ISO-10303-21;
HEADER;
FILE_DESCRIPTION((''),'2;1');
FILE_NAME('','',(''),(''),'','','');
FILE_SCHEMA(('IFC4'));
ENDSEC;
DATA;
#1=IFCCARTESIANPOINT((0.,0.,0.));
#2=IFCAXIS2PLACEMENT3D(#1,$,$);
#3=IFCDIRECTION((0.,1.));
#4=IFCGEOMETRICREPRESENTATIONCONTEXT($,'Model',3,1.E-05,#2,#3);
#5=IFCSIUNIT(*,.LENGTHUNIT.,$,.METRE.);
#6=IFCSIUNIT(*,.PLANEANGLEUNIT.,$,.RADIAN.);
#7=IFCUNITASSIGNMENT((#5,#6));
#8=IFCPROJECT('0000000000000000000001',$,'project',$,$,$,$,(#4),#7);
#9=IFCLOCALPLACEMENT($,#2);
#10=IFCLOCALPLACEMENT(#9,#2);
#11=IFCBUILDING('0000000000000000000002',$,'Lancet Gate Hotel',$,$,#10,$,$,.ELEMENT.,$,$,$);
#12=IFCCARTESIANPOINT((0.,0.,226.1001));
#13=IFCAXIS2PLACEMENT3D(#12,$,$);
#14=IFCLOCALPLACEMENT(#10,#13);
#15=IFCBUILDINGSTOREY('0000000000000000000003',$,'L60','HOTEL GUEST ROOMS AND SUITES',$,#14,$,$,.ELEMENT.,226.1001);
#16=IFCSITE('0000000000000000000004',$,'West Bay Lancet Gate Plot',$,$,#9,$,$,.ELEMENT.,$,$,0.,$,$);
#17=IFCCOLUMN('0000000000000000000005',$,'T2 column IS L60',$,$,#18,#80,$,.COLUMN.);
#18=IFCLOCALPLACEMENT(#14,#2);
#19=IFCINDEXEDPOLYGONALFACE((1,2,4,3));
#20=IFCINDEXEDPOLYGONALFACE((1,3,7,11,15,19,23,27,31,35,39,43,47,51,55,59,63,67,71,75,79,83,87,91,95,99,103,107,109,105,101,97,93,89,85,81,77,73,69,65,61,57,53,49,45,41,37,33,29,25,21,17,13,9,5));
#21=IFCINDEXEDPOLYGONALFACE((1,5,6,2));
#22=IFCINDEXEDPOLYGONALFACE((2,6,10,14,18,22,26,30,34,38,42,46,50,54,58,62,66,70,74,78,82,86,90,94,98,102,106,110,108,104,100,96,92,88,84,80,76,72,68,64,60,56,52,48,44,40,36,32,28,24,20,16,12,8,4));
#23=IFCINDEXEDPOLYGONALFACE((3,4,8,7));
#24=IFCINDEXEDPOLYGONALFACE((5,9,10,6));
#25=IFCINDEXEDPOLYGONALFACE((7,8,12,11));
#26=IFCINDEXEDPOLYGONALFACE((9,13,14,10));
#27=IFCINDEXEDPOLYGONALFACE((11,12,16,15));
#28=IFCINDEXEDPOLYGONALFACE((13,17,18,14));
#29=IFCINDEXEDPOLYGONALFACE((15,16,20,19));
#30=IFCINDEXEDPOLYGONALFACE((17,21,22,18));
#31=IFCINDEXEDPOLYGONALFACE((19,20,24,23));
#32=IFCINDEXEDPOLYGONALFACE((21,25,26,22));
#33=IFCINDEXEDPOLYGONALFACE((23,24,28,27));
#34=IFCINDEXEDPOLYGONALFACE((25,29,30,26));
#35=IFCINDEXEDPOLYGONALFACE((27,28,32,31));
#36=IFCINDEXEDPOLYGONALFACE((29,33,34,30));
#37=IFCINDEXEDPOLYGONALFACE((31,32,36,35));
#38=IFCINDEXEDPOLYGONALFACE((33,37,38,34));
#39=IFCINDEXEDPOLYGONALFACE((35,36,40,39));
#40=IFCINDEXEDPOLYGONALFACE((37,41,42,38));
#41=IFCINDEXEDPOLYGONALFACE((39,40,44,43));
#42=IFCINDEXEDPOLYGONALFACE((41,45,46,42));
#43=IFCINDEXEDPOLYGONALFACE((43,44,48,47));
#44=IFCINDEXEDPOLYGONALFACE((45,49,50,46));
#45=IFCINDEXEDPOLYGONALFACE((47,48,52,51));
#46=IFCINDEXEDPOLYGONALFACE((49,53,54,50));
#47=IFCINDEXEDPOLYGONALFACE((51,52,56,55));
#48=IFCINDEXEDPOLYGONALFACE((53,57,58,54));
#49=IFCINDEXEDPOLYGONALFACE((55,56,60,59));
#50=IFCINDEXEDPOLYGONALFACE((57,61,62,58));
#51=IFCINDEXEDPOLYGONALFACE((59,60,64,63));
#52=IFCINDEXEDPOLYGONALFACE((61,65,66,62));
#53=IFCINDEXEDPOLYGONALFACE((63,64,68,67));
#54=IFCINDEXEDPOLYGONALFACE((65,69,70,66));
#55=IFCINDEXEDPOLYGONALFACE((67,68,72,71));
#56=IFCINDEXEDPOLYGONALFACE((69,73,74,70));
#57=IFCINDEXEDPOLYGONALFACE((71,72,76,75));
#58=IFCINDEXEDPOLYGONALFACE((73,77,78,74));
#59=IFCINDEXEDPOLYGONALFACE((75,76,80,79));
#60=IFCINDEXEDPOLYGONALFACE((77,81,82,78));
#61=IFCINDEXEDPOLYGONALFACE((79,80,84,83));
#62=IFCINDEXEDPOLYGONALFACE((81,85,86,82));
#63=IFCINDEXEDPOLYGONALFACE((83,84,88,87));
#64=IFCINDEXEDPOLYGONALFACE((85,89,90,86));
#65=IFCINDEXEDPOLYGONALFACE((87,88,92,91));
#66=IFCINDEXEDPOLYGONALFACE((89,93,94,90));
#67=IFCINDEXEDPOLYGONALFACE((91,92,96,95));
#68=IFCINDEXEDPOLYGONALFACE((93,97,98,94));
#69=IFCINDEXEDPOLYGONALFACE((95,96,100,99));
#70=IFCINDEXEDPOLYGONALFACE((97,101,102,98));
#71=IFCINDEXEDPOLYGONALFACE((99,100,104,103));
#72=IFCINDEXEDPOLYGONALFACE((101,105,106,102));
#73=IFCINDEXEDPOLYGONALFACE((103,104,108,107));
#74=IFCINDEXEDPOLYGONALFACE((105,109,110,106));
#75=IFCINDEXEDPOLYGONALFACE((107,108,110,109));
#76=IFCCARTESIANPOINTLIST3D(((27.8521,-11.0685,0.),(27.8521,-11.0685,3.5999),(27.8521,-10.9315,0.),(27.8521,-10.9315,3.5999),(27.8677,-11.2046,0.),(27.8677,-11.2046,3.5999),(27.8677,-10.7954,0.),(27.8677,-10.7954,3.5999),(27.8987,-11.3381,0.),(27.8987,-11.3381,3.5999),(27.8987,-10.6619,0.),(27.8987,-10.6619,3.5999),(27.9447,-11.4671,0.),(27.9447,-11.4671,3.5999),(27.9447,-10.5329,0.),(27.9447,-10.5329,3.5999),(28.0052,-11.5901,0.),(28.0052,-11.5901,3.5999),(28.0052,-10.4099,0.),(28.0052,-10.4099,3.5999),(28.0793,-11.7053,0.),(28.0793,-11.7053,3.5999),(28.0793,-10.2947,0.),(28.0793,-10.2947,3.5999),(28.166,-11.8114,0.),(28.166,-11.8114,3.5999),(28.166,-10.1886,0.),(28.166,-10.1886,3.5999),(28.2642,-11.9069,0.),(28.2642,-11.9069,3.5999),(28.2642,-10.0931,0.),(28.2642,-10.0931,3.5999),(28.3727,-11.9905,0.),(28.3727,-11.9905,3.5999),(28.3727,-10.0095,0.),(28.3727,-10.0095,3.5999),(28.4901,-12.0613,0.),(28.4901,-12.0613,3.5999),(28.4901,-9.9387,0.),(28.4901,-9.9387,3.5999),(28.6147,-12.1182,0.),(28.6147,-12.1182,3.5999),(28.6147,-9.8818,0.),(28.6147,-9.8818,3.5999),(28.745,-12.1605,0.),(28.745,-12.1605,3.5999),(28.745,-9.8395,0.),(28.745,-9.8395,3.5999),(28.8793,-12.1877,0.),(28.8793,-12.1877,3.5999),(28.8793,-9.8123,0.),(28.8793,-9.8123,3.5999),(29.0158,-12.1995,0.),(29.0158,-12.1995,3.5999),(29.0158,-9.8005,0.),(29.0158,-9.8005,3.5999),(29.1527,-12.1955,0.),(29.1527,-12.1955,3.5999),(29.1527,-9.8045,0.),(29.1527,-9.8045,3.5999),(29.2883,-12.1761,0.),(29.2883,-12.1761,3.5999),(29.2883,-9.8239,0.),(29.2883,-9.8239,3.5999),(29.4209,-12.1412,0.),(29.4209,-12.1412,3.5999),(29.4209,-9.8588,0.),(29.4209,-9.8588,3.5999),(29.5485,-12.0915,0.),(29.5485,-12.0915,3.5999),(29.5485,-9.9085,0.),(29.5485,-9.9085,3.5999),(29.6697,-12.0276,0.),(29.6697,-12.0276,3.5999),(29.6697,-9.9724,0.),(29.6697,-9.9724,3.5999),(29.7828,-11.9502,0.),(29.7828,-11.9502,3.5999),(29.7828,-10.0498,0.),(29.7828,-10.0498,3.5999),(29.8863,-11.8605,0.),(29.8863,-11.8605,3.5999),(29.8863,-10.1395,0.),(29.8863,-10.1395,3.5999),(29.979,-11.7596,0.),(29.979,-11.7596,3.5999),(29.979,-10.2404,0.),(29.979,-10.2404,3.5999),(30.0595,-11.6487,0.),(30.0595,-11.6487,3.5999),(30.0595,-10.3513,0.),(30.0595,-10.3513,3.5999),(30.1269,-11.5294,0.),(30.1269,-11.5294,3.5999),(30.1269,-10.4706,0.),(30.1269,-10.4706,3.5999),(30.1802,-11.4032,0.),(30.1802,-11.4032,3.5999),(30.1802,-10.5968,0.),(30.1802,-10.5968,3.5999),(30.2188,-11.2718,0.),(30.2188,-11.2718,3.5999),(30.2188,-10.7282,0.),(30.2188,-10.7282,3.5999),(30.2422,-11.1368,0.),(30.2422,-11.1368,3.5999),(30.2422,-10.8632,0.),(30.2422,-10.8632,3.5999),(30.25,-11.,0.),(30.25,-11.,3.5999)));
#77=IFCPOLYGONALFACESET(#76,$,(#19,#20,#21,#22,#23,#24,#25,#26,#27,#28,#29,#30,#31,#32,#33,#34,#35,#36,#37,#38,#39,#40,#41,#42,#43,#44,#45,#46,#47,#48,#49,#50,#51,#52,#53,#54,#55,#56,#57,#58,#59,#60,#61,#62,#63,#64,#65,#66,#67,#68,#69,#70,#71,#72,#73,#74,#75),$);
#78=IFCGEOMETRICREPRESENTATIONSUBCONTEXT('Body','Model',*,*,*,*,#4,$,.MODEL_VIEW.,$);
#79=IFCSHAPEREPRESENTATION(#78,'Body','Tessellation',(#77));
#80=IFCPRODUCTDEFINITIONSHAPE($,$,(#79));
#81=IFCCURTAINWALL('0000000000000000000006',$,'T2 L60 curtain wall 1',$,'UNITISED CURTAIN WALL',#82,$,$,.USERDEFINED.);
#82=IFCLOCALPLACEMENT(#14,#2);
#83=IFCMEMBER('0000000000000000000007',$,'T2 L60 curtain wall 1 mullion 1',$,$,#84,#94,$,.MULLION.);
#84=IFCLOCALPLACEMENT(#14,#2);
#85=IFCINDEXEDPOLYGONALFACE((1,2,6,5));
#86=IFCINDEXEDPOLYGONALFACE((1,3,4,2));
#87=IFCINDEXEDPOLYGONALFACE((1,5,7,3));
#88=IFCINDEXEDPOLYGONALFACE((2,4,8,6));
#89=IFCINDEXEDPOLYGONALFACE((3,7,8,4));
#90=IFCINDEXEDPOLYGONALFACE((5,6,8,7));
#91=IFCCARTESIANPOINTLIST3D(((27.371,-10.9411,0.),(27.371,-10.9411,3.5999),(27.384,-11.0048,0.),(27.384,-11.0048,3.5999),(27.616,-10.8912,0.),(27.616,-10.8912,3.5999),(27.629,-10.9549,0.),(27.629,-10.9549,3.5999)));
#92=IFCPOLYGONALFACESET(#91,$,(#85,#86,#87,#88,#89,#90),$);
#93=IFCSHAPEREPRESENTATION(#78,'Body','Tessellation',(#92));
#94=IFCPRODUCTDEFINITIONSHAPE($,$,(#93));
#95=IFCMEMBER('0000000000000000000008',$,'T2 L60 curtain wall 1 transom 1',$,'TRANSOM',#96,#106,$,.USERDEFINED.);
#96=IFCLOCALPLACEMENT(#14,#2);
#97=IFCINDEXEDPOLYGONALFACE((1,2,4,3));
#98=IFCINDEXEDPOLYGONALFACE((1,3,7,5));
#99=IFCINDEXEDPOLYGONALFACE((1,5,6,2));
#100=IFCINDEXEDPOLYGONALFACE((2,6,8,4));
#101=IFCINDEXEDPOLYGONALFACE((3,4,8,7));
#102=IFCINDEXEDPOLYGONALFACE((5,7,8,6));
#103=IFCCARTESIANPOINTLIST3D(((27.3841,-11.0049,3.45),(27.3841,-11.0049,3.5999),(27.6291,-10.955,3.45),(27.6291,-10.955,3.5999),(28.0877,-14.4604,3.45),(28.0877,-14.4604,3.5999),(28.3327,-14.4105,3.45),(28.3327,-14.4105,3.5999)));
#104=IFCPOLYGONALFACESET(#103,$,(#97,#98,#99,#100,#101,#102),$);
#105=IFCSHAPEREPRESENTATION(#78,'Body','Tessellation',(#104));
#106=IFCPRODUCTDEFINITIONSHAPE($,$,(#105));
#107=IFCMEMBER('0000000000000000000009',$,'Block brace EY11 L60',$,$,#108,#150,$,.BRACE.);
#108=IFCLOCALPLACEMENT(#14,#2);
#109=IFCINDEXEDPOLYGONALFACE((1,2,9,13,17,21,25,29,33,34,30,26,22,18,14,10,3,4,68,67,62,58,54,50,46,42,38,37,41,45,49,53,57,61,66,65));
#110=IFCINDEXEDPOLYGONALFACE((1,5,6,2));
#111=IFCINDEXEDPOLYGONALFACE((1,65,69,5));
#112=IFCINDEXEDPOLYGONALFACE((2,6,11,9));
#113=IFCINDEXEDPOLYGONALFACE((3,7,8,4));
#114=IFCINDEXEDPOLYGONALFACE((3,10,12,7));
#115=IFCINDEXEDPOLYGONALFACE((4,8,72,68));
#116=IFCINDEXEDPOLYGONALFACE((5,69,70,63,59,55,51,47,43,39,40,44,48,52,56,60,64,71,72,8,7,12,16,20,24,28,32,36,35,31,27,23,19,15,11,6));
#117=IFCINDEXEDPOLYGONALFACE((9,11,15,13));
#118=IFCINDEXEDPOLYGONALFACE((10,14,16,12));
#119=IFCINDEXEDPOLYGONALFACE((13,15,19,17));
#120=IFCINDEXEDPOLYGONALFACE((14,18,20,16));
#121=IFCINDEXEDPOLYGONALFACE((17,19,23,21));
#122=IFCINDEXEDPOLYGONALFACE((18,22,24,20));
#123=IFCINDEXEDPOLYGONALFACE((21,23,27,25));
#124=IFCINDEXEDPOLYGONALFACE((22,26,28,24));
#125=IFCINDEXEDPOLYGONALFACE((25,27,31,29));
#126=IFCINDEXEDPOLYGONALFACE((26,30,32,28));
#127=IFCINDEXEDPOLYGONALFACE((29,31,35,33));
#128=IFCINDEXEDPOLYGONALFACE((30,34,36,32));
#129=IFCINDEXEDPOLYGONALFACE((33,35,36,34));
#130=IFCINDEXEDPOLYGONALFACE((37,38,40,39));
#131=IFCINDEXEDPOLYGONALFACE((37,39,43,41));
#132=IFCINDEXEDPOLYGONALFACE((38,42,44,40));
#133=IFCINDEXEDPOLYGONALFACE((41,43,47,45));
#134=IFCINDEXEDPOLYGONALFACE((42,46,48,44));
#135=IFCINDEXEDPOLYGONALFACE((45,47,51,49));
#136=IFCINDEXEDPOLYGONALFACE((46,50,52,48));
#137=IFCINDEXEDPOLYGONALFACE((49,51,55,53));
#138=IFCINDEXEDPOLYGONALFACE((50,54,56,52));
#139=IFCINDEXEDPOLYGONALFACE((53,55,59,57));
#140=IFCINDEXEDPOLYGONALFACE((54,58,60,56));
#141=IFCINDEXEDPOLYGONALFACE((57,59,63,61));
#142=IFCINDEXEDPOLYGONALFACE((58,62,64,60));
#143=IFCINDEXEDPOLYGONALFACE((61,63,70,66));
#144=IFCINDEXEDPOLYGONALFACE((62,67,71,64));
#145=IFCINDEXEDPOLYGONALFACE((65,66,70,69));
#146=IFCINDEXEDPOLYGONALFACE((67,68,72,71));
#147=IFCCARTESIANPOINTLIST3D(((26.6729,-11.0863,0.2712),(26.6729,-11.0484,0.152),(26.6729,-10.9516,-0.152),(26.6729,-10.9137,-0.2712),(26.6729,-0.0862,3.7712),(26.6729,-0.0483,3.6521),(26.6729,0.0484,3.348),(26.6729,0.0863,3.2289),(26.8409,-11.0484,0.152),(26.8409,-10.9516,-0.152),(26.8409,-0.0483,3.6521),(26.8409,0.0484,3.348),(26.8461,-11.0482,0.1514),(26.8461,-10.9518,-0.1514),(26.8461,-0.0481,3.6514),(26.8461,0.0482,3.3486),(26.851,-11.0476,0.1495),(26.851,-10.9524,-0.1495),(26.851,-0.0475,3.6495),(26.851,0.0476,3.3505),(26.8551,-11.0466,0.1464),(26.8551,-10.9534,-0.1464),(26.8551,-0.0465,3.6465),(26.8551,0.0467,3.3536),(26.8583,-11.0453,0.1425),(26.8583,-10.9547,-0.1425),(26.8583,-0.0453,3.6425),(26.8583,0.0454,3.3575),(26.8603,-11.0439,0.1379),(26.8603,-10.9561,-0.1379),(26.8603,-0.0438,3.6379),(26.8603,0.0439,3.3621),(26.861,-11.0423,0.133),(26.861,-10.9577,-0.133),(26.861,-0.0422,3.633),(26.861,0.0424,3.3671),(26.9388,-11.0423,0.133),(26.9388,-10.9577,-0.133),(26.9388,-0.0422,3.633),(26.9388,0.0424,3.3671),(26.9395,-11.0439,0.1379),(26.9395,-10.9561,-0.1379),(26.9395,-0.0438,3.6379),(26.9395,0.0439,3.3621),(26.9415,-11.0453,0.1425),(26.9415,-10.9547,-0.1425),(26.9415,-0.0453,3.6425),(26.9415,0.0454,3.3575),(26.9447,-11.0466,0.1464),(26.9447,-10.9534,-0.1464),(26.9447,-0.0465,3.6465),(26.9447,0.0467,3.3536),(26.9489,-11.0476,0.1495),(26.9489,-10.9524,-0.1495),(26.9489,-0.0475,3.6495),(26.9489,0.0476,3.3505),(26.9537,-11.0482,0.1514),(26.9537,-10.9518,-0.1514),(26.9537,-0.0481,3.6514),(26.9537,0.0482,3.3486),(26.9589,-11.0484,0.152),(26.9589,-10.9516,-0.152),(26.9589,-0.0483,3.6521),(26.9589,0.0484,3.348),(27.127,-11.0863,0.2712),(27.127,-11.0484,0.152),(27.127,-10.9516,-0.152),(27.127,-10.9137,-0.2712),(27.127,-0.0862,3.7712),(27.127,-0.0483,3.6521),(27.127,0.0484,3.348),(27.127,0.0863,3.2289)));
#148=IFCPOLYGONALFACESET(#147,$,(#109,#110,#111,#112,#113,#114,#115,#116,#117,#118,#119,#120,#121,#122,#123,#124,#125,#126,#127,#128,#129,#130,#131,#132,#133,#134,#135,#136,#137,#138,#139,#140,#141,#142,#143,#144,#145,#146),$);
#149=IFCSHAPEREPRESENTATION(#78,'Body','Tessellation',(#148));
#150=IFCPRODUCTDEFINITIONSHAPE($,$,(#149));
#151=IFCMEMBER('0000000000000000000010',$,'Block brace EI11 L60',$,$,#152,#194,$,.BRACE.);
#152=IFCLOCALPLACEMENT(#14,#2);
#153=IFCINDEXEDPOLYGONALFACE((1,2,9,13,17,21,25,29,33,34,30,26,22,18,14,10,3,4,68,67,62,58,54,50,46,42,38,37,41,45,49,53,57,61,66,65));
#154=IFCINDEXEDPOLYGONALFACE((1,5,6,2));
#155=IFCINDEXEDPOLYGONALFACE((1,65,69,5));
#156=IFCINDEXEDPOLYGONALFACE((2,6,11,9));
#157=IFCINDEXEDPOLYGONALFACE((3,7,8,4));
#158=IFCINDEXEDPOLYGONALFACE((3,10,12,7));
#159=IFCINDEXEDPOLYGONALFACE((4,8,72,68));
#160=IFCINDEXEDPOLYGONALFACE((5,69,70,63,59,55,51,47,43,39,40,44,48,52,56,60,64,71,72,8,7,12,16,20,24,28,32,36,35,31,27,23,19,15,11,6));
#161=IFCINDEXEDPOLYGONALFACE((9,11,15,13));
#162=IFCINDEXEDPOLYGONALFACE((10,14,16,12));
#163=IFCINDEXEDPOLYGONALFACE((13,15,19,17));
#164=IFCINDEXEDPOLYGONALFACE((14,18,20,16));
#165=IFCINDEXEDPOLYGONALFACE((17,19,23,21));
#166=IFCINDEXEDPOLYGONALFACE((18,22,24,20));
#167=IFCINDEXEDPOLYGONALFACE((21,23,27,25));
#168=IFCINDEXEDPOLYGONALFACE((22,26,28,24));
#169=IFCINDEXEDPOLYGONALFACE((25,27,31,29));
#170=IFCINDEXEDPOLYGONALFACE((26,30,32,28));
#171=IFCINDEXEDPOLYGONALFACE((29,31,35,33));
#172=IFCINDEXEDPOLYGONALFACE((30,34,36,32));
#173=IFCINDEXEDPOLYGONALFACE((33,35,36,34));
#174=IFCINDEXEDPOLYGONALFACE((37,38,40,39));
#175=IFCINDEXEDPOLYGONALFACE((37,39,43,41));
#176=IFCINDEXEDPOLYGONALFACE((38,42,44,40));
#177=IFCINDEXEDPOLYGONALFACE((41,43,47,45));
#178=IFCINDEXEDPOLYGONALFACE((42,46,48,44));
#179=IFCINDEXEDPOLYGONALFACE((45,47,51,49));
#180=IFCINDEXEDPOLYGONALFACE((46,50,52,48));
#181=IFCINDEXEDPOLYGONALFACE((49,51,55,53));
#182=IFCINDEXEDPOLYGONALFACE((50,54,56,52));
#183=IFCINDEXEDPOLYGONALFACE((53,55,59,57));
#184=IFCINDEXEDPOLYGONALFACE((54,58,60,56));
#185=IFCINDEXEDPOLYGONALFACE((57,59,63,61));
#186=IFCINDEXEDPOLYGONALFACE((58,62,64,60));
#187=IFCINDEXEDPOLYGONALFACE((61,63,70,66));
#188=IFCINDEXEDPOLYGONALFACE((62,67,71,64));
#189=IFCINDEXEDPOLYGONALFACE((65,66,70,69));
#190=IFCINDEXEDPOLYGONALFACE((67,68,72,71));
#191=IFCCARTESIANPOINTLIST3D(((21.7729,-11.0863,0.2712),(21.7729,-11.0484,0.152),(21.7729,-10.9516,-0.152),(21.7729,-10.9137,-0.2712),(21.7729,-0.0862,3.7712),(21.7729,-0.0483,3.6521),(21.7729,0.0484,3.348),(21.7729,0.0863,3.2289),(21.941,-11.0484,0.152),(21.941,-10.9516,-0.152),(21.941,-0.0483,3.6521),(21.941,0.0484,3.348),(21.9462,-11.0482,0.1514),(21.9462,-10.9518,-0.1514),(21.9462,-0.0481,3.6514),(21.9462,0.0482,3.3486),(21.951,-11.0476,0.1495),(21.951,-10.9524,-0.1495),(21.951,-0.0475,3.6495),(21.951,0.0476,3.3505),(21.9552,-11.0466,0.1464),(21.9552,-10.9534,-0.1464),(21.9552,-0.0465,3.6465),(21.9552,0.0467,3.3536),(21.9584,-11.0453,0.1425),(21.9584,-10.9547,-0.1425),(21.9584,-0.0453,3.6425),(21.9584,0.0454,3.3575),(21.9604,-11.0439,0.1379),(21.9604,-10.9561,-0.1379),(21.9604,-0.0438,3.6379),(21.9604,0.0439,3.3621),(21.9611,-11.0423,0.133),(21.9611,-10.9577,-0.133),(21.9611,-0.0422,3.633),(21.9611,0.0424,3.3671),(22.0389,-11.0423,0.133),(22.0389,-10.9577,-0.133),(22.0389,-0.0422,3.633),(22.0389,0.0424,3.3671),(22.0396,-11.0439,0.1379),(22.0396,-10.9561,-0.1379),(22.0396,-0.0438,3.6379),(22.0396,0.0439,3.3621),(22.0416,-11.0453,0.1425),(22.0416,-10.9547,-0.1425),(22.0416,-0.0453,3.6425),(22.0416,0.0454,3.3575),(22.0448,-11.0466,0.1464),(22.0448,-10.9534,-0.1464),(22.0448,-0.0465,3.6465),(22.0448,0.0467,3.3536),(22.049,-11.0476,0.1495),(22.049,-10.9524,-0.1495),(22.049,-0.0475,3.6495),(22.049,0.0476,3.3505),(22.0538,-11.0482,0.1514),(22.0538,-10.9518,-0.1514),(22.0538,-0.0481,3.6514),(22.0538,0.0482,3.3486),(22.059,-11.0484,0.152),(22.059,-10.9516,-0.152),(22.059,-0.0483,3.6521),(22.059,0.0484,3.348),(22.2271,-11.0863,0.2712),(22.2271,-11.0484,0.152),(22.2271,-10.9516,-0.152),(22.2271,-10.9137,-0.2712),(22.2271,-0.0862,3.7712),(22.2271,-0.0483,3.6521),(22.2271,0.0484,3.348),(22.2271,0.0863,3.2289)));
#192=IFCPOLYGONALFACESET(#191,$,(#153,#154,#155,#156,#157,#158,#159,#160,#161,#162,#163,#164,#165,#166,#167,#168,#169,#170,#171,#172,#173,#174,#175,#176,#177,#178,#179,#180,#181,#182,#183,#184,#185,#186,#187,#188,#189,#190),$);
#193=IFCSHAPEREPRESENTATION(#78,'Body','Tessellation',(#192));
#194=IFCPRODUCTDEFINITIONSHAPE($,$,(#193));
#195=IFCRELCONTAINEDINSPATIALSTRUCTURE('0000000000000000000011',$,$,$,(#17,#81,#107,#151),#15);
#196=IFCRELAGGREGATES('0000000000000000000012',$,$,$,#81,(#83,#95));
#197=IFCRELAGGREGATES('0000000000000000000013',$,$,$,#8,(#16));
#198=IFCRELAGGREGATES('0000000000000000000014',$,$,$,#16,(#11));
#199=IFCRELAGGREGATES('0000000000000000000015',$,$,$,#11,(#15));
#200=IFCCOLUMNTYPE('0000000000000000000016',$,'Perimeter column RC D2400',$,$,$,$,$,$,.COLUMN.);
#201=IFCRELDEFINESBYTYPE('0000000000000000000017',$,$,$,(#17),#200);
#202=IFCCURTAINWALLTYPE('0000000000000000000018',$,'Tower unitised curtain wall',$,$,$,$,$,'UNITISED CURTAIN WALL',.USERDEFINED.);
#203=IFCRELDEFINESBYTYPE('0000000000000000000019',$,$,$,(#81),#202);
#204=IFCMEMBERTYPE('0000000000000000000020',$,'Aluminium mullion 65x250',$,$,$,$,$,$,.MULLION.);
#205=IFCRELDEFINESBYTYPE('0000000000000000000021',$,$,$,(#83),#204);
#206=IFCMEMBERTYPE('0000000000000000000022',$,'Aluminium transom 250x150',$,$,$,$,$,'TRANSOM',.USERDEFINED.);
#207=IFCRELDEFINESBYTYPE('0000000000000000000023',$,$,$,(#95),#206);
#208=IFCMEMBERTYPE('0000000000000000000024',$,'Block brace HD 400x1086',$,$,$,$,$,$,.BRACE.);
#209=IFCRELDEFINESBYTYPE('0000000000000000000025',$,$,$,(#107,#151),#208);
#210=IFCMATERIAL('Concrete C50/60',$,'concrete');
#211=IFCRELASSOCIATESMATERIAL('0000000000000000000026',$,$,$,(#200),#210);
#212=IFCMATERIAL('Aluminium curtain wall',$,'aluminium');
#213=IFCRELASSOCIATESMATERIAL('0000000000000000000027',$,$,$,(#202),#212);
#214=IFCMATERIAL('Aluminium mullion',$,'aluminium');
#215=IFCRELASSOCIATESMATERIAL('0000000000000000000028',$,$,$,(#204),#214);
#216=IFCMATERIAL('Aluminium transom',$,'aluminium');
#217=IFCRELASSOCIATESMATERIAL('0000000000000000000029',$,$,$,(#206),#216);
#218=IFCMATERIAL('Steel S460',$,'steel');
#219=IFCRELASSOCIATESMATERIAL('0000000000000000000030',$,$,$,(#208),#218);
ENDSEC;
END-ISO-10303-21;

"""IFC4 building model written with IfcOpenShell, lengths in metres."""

from ifc_helpers import new_model, si_unit, direction, frame, origin, origin_2d, place, context, subcontext, project, spatial, rectangle, circle, i_section, extrude, material, material_profile, profile_set, type_object, element, aggregate, save


model = new_model("IFC4")

# Units and contexts
model_context = context("Model", 3, precision=1e-05, world=origin(), true_north=direction((0.0, 1.0)))
body_context = subcontext(model_context, "Body", "Model", "MODEL_VIEW")
ifc_project = project(units=[si_unit("LENGTHUNIT", "METRE"), si_unit("PLANEANGLEUNIT", "RADIAN")], contexts=[model_context])

# Site, building, storey
site_placement = place(None, origin())
site = spatial("IfcSite", under=ifc_project, at=site_placement, Name="West Bay Lancet Gate Plot", CompositionType="ELEMENT", RefElevation=0.0)
building_placement = place(site_placement, origin())
building = spatial("IfcBuilding", under=site, at=building_placement, Name="Lancet Gate Hotel", CompositionType="ELEMENT")
storey_placement = place(building_placement, frame((0.0, 0.0, 226.1001)))
storey = spatial("IfcBuildingStorey", under=building, at=storey_placement, Name="L60", Description="HOTEL GUEST ROOMS AND SUITES", CompositionType="ELEMENT", Elevation=226.1001)

# Column
ifc_material_1 = material(Name="Concrete C50/60", Category="concrete")
ifc_material_profile_1 = material_profile(ifc_material_1, circle(Radius=1.2, at=origin_2d()), Name="RC D2400")
ifc_profile_set_1 = profile_set([ifc_material_profile_1], Name="Concrete C50/60")
column_type_1 = type_object("IfcColumnType", Name="Perimeter column RC D2400", PredefinedType="COLUMN", material=ifc_profile_set_1)
column_placement = place(storey_placement, frame((29.05, -11.0, 0.0), z_axis=(0.0, 0.0, 1.0), x_axis=(1.0, 0.0, 0.0)))
element("IfcColumn", 1, at=column_placement, inside=storey, type_object=column_type_1, Name="T2 column IS L60", PredefinedType="COLUMN", context=body_context, shape_type="SweptSolid", body=[
    extrude(circle(Radius=1.2, at=origin_2d()), origin(), (0.0, 0.0, 1.0), 3.5999),
])

# Curtain wall, members
ifc_material_2 = material(Name="Aluminium curtain wall", Category="aluminium")
curtain_wall_type = type_object("IfcCurtainWallType", Name="Tower unitised curtain wall", ElementType="UNITISED CURTAIN WALL", PredefinedType="USERDEFINED", material=ifc_material_2)
curtain_wall_placement = place(storey_placement, origin())
curtain_wall = element("IfcCurtainWall", 2, at=curtain_wall_placement, inside=storey, type_object=curtain_wall_type, Name="T2 L60 curtain wall 1", ObjectType="UNITISED CURTAIN WALL", PredefinedType="USERDEFINED")
ifc_material_3 = material(Name="Aluminium mullion", Category="aluminium")
ifc_material_profile_2 = material_profile(ifc_material_3, rectangle(XDim=0.0649, YDim=0.25, at=origin_2d()), Name="MULLION 65x250")
ifc_profile_set_2 = profile_set([ifc_material_profile_2], Name="Aluminium mullion")
member_type_1 = type_object("IfcMemberType", Name="Aluminium mullion 65x250", PredefinedType="MULLION", material=ifc_profile_set_2)
member_1_placement = place(storey_placement, frame((27.5, -10.948, 0.0), z_axis=(0.0, 0.0, 1.0), x_axis=(0.199533, -0.979891, 0.0)))
member_1 = element("IfcMember", 3, at=member_1_placement, type_object=member_type_1, Name="T2 L60 curtain wall 1 mullion 1", PredefinedType="MULLION", context=body_context, shape_type="SweptSolid", body=[
    extrude(rectangle(XDim=0.0649, YDim=0.25, at=origin_2d()), origin(), (0.0, 0.0, 1.0), 3.5999),
])
ifc_material_4 = material(Name="Aluminium transom", Category="aluminium")
ifc_material_profile_3 = material_profile(ifc_material_4, rectangle(XDim=0.25, YDim=0.1499, at=origin_2d()), Name="TRANSOM 250x150")
ifc_profile_set_3 = profile_set([ifc_material_profile_3], Name="Aluminium transom")
member_type_2 = type_object("IfcMemberType", Name="Aluminium transom 250x150", ElementType="TRANSOM", PredefinedType="USERDEFINED", material=ifc_profile_set_3)
member_2_placement = place(storey_placement, frame((27.5066, -10.98, 3.5249), z_axis=(0.199523, -0.979893, 0.0), x_axis=(0.979893, 0.199523, 0.0)))
member_2 = element("IfcMember", 4, at=member_2_placement, type_object=member_type_2, Name="T2 L60 curtain wall 1 transom 1", ObjectType="TRANSOM", PredefinedType="USERDEFINED", context=body_context, shape_type="SweptSolid", body=[
    extrude(rectangle(XDim=0.25, YDim=0.1499, at=origin_2d()), origin(), (0.0, 0.0, 1.0), 3.5264),
])
aggregate(curtain_wall, [member_1, member_2])

# Members
ifc_material_5 = material(Name="Steel S460", Category="steel")
ifc_material_profile_4 = material_profile(ifc_material_5, i_section(OverallWidth=0.4541, OverallDepth=0.5691, WebThickness=0.0779, FlangeThickness=0.125, FilletRadius=0.02, at=origin_2d()), Name="HD 400x1086")
ifc_profile_set_4 = profile_set([ifc_material_profile_4], Name="Steel S460")
member_type_3 = type_object("IfcMemberType", Name="Block brace HD 400x1086", PredefinedType="BRACE", material=ifc_profile_set_4)
for number, where, z_axis, x_axis, name in (
    (5, (26.8999, -11.0, 0.0), (0.0, 0.952926, 0.303204), (-1.0, 0.0, 0.0), "Block brace EY11 L60"),
    (6, (22.0, -11.0, 0.0), (0.0, 0.952926, 0.303204), (-1.0, 0.0, 0.0), "Block brace EI11 L60"),
):
    element("IfcMember", number, at=place(storey_placement, frame(where, z_axis=z_axis, x_axis=x_axis)), inside=storey, type_object=member_type_3, Name=name, PredefinedType="BRACE", context=body_context, shape_type="SweptSolid", body=[
        extrude(i_section(OverallWidth=0.4541, OverallDepth=0.5691, WebThickness=0.0779, FlangeThickness=0.125, FilletRadius=0.02, at=origin_2d()), origin(), (0.0, 0.0, 1.0), 11.5435),
    ])

save(model, "model.ifc")
